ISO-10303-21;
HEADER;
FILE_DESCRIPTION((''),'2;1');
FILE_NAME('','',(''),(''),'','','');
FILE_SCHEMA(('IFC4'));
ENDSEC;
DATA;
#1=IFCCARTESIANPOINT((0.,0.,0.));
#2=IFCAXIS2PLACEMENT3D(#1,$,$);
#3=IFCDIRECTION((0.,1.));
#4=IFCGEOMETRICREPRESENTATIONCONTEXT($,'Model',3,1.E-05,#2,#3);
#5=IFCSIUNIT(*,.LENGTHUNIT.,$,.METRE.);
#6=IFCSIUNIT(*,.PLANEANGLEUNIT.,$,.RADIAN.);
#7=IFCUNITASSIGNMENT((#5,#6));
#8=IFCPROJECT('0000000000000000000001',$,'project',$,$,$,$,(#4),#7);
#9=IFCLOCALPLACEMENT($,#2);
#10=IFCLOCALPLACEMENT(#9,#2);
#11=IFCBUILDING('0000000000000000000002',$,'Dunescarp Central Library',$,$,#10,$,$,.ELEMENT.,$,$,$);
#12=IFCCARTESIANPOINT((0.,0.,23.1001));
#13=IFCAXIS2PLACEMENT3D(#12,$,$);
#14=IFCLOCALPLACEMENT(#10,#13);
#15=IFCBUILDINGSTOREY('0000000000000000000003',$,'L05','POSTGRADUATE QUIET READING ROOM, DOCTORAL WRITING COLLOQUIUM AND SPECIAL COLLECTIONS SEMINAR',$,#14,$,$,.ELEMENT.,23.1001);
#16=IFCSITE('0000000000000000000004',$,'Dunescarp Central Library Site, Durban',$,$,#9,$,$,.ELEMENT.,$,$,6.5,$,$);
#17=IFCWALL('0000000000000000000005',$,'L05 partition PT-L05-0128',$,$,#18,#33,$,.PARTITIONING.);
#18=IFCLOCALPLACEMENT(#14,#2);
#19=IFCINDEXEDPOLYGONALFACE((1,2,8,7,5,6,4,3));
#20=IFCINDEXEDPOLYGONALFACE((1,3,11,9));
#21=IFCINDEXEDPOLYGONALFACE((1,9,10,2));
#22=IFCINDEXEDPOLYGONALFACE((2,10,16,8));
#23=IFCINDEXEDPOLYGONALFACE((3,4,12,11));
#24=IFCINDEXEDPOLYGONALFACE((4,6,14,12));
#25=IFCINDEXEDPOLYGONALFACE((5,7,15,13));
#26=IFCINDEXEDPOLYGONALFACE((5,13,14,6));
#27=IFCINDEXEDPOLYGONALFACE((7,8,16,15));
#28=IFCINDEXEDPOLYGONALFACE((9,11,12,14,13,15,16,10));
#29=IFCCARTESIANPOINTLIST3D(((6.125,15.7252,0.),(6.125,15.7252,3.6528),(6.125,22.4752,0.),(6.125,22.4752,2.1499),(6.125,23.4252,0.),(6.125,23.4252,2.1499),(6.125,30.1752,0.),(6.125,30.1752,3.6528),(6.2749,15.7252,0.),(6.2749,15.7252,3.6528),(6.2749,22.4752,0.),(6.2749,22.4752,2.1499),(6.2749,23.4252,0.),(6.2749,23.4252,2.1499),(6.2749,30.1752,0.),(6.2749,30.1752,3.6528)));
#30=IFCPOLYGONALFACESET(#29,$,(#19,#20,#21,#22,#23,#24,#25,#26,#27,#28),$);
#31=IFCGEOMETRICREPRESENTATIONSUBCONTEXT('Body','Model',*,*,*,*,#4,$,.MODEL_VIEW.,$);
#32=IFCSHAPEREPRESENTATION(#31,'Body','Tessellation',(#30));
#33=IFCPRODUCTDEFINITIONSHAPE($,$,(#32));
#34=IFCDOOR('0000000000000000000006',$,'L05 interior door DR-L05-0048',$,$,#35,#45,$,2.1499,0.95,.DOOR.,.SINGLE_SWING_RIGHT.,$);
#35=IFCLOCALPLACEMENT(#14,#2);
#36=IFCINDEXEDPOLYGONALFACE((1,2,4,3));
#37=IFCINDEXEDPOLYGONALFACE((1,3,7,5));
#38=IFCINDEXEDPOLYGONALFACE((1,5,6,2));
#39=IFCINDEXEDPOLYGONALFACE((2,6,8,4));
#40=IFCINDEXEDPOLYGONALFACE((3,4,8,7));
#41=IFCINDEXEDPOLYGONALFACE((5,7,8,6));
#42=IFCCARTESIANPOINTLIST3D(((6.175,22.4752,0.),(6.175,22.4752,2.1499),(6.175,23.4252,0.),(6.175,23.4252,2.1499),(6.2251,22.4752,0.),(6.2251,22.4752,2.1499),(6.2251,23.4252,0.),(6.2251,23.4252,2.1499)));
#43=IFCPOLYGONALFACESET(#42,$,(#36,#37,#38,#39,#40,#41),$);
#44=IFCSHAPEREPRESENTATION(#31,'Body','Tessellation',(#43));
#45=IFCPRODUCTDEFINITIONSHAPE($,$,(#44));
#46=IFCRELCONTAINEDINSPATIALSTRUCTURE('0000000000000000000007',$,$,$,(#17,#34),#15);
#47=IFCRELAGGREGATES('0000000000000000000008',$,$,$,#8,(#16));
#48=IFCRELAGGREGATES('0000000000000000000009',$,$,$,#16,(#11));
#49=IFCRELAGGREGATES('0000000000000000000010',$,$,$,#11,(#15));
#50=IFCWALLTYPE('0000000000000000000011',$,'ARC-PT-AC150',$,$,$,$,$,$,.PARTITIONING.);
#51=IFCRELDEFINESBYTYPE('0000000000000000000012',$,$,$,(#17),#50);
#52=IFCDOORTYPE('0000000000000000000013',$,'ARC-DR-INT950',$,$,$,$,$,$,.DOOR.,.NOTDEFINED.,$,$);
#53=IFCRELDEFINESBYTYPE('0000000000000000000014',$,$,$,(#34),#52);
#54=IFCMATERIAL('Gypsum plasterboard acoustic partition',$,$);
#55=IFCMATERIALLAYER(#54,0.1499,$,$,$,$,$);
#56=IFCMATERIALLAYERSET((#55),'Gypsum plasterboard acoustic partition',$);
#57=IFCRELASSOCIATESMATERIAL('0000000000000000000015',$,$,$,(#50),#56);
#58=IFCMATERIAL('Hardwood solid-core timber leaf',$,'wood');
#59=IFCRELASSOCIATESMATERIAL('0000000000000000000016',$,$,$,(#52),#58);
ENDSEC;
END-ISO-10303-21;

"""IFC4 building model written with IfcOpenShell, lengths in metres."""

from ifc_helpers import new_model, si_unit, direction, frame, frame_2d, origin, place, context, subcontext, project, spatial, rectangle, extrude, material, layer, layer_set, type_object, element, fill, save


model = new_model("IFC4")

# Units and contexts
model_context = context("Model", 3, precision=1e-05, world=origin(), true_north=direction((0.0, 1.0)))
body_context = subcontext(model_context, "Body", "Model", "MODEL_VIEW")
ifc_project = project(units=[si_unit("LENGTHUNIT", "METRE"), si_unit("PLANEANGLEUNIT", "RADIAN")], contexts=[model_context])

# Site, building, storey
site_placement = place(None, origin())
site = spatial("IfcSite", under=ifc_project, at=site_placement, Name="Dunescarp Central Library Site, Durban", CompositionType="ELEMENT", RefElevation=6.5)
building_placement = place(site_placement, origin())
building = spatial("IfcBuilding", under=site, at=building_placement, Name="Dunescarp Central Library", CompositionType="ELEMENT")
storey_placement = place(building_placement, frame((0.0, 0.0, 23.1001)))
storey = spatial("IfcBuildingStorey", under=building, at=storey_placement, Name="L05", Description="POSTGRADUATE QUIET READING ROOM, DOCTORAL WRITING COLLOQUIUM AND SPECIAL COLLECTIONS SEMINAR", CompositionType="ELEMENT", Elevation=23.1001)

# Shared definitions
ifc_material_1 = material(Name="Gypsum plasterboard acoustic partition")
ifc_layer_1 = layer(ifc_material_1, 0.1499)
ifc_layer_set_1 = layer_set([ifc_layer_1], Name="Gypsum plasterboard acoustic partition")
wall_type = type_object("IfcWallType", Name="ARC-PT-AC150", PredefinedType="PARTITIONING", material=ifc_layer_set_1)
ifc_material_2 = material(Name="Hardwood solid-core timber leaf", Category="wood")
door_type = type_object("IfcDoorType", Name="ARC-DR-INT950", OperationType="NOTDEFINED", PredefinedType="DOOR", material=ifc_material_2)

# Wall, opening, door
wall_1_placement = place(storey_placement, frame((6.2, 15.7251, 0.0), z_axis=(0.0, 0.0, 1.0), x_axis=(0.0, 1.0, 0.0)))
wall_1 = element("IfcWall", 1, at=wall_1_placement, inside=storey, type_object=wall_type, Name="L05 partition PT-L05-0128", PredefinedType="PARTITIONING", context=body_context, shape_type="SweptSolid", body=[
    extrude(rectangle(XDim=14.45, YDim=0.1499, at=frame_2d((7.2251, 0.0))), origin(), (0.0, 0.0, 1.0), 3.6528),
])
opening_1_placement = place(wall_1_placement, frame((6.75, 0.0, 0.0)))
opening_1 = element("IfcOpeningElement", 2, at=opening_1_placement, cuts=wall_1, PredefinedType="OPENING", context=body_context, shape_type="SweptSolid", body=[
    extrude(rectangle(XDim=0.95, YDim=2.1499, at=frame_2d((0.4751, 1.075))), frame((0.0, 0.085, 0.0), z_axis=(0.0, -1.0, 0.0), x_axis=(1.0, 0.0, 0.0)), (0.0, 0.0, 1.0), 0.1699),
])
door_1_placement = place(opening_1_placement, origin())
door_1 = element("IfcDoor", 3, at=door_1_placement, inside=storey, type_object=door_type, Name="L05 interior door DR-L05-0048", OperationType="SINGLE_SWING_RIGHT", OverallHeight=2.1499, OverallWidth=0.95, PredefinedType="DOOR", context=body_context, shape_type="SweptSolid", body=[
    extrude(rectangle(XDim=0.95, YDim=2.1499, at=frame_2d((0.4751, 1.075))), frame((0.0, 0.0249, 0.0), z_axis=(0.0, -1.0, 0.0), x_axis=(1.0, 0.0, 0.0)), (0.0, 0.0, 1.0), 0.05),
])
fill(opening_1, door_1)

save(model, "model.ifc")
